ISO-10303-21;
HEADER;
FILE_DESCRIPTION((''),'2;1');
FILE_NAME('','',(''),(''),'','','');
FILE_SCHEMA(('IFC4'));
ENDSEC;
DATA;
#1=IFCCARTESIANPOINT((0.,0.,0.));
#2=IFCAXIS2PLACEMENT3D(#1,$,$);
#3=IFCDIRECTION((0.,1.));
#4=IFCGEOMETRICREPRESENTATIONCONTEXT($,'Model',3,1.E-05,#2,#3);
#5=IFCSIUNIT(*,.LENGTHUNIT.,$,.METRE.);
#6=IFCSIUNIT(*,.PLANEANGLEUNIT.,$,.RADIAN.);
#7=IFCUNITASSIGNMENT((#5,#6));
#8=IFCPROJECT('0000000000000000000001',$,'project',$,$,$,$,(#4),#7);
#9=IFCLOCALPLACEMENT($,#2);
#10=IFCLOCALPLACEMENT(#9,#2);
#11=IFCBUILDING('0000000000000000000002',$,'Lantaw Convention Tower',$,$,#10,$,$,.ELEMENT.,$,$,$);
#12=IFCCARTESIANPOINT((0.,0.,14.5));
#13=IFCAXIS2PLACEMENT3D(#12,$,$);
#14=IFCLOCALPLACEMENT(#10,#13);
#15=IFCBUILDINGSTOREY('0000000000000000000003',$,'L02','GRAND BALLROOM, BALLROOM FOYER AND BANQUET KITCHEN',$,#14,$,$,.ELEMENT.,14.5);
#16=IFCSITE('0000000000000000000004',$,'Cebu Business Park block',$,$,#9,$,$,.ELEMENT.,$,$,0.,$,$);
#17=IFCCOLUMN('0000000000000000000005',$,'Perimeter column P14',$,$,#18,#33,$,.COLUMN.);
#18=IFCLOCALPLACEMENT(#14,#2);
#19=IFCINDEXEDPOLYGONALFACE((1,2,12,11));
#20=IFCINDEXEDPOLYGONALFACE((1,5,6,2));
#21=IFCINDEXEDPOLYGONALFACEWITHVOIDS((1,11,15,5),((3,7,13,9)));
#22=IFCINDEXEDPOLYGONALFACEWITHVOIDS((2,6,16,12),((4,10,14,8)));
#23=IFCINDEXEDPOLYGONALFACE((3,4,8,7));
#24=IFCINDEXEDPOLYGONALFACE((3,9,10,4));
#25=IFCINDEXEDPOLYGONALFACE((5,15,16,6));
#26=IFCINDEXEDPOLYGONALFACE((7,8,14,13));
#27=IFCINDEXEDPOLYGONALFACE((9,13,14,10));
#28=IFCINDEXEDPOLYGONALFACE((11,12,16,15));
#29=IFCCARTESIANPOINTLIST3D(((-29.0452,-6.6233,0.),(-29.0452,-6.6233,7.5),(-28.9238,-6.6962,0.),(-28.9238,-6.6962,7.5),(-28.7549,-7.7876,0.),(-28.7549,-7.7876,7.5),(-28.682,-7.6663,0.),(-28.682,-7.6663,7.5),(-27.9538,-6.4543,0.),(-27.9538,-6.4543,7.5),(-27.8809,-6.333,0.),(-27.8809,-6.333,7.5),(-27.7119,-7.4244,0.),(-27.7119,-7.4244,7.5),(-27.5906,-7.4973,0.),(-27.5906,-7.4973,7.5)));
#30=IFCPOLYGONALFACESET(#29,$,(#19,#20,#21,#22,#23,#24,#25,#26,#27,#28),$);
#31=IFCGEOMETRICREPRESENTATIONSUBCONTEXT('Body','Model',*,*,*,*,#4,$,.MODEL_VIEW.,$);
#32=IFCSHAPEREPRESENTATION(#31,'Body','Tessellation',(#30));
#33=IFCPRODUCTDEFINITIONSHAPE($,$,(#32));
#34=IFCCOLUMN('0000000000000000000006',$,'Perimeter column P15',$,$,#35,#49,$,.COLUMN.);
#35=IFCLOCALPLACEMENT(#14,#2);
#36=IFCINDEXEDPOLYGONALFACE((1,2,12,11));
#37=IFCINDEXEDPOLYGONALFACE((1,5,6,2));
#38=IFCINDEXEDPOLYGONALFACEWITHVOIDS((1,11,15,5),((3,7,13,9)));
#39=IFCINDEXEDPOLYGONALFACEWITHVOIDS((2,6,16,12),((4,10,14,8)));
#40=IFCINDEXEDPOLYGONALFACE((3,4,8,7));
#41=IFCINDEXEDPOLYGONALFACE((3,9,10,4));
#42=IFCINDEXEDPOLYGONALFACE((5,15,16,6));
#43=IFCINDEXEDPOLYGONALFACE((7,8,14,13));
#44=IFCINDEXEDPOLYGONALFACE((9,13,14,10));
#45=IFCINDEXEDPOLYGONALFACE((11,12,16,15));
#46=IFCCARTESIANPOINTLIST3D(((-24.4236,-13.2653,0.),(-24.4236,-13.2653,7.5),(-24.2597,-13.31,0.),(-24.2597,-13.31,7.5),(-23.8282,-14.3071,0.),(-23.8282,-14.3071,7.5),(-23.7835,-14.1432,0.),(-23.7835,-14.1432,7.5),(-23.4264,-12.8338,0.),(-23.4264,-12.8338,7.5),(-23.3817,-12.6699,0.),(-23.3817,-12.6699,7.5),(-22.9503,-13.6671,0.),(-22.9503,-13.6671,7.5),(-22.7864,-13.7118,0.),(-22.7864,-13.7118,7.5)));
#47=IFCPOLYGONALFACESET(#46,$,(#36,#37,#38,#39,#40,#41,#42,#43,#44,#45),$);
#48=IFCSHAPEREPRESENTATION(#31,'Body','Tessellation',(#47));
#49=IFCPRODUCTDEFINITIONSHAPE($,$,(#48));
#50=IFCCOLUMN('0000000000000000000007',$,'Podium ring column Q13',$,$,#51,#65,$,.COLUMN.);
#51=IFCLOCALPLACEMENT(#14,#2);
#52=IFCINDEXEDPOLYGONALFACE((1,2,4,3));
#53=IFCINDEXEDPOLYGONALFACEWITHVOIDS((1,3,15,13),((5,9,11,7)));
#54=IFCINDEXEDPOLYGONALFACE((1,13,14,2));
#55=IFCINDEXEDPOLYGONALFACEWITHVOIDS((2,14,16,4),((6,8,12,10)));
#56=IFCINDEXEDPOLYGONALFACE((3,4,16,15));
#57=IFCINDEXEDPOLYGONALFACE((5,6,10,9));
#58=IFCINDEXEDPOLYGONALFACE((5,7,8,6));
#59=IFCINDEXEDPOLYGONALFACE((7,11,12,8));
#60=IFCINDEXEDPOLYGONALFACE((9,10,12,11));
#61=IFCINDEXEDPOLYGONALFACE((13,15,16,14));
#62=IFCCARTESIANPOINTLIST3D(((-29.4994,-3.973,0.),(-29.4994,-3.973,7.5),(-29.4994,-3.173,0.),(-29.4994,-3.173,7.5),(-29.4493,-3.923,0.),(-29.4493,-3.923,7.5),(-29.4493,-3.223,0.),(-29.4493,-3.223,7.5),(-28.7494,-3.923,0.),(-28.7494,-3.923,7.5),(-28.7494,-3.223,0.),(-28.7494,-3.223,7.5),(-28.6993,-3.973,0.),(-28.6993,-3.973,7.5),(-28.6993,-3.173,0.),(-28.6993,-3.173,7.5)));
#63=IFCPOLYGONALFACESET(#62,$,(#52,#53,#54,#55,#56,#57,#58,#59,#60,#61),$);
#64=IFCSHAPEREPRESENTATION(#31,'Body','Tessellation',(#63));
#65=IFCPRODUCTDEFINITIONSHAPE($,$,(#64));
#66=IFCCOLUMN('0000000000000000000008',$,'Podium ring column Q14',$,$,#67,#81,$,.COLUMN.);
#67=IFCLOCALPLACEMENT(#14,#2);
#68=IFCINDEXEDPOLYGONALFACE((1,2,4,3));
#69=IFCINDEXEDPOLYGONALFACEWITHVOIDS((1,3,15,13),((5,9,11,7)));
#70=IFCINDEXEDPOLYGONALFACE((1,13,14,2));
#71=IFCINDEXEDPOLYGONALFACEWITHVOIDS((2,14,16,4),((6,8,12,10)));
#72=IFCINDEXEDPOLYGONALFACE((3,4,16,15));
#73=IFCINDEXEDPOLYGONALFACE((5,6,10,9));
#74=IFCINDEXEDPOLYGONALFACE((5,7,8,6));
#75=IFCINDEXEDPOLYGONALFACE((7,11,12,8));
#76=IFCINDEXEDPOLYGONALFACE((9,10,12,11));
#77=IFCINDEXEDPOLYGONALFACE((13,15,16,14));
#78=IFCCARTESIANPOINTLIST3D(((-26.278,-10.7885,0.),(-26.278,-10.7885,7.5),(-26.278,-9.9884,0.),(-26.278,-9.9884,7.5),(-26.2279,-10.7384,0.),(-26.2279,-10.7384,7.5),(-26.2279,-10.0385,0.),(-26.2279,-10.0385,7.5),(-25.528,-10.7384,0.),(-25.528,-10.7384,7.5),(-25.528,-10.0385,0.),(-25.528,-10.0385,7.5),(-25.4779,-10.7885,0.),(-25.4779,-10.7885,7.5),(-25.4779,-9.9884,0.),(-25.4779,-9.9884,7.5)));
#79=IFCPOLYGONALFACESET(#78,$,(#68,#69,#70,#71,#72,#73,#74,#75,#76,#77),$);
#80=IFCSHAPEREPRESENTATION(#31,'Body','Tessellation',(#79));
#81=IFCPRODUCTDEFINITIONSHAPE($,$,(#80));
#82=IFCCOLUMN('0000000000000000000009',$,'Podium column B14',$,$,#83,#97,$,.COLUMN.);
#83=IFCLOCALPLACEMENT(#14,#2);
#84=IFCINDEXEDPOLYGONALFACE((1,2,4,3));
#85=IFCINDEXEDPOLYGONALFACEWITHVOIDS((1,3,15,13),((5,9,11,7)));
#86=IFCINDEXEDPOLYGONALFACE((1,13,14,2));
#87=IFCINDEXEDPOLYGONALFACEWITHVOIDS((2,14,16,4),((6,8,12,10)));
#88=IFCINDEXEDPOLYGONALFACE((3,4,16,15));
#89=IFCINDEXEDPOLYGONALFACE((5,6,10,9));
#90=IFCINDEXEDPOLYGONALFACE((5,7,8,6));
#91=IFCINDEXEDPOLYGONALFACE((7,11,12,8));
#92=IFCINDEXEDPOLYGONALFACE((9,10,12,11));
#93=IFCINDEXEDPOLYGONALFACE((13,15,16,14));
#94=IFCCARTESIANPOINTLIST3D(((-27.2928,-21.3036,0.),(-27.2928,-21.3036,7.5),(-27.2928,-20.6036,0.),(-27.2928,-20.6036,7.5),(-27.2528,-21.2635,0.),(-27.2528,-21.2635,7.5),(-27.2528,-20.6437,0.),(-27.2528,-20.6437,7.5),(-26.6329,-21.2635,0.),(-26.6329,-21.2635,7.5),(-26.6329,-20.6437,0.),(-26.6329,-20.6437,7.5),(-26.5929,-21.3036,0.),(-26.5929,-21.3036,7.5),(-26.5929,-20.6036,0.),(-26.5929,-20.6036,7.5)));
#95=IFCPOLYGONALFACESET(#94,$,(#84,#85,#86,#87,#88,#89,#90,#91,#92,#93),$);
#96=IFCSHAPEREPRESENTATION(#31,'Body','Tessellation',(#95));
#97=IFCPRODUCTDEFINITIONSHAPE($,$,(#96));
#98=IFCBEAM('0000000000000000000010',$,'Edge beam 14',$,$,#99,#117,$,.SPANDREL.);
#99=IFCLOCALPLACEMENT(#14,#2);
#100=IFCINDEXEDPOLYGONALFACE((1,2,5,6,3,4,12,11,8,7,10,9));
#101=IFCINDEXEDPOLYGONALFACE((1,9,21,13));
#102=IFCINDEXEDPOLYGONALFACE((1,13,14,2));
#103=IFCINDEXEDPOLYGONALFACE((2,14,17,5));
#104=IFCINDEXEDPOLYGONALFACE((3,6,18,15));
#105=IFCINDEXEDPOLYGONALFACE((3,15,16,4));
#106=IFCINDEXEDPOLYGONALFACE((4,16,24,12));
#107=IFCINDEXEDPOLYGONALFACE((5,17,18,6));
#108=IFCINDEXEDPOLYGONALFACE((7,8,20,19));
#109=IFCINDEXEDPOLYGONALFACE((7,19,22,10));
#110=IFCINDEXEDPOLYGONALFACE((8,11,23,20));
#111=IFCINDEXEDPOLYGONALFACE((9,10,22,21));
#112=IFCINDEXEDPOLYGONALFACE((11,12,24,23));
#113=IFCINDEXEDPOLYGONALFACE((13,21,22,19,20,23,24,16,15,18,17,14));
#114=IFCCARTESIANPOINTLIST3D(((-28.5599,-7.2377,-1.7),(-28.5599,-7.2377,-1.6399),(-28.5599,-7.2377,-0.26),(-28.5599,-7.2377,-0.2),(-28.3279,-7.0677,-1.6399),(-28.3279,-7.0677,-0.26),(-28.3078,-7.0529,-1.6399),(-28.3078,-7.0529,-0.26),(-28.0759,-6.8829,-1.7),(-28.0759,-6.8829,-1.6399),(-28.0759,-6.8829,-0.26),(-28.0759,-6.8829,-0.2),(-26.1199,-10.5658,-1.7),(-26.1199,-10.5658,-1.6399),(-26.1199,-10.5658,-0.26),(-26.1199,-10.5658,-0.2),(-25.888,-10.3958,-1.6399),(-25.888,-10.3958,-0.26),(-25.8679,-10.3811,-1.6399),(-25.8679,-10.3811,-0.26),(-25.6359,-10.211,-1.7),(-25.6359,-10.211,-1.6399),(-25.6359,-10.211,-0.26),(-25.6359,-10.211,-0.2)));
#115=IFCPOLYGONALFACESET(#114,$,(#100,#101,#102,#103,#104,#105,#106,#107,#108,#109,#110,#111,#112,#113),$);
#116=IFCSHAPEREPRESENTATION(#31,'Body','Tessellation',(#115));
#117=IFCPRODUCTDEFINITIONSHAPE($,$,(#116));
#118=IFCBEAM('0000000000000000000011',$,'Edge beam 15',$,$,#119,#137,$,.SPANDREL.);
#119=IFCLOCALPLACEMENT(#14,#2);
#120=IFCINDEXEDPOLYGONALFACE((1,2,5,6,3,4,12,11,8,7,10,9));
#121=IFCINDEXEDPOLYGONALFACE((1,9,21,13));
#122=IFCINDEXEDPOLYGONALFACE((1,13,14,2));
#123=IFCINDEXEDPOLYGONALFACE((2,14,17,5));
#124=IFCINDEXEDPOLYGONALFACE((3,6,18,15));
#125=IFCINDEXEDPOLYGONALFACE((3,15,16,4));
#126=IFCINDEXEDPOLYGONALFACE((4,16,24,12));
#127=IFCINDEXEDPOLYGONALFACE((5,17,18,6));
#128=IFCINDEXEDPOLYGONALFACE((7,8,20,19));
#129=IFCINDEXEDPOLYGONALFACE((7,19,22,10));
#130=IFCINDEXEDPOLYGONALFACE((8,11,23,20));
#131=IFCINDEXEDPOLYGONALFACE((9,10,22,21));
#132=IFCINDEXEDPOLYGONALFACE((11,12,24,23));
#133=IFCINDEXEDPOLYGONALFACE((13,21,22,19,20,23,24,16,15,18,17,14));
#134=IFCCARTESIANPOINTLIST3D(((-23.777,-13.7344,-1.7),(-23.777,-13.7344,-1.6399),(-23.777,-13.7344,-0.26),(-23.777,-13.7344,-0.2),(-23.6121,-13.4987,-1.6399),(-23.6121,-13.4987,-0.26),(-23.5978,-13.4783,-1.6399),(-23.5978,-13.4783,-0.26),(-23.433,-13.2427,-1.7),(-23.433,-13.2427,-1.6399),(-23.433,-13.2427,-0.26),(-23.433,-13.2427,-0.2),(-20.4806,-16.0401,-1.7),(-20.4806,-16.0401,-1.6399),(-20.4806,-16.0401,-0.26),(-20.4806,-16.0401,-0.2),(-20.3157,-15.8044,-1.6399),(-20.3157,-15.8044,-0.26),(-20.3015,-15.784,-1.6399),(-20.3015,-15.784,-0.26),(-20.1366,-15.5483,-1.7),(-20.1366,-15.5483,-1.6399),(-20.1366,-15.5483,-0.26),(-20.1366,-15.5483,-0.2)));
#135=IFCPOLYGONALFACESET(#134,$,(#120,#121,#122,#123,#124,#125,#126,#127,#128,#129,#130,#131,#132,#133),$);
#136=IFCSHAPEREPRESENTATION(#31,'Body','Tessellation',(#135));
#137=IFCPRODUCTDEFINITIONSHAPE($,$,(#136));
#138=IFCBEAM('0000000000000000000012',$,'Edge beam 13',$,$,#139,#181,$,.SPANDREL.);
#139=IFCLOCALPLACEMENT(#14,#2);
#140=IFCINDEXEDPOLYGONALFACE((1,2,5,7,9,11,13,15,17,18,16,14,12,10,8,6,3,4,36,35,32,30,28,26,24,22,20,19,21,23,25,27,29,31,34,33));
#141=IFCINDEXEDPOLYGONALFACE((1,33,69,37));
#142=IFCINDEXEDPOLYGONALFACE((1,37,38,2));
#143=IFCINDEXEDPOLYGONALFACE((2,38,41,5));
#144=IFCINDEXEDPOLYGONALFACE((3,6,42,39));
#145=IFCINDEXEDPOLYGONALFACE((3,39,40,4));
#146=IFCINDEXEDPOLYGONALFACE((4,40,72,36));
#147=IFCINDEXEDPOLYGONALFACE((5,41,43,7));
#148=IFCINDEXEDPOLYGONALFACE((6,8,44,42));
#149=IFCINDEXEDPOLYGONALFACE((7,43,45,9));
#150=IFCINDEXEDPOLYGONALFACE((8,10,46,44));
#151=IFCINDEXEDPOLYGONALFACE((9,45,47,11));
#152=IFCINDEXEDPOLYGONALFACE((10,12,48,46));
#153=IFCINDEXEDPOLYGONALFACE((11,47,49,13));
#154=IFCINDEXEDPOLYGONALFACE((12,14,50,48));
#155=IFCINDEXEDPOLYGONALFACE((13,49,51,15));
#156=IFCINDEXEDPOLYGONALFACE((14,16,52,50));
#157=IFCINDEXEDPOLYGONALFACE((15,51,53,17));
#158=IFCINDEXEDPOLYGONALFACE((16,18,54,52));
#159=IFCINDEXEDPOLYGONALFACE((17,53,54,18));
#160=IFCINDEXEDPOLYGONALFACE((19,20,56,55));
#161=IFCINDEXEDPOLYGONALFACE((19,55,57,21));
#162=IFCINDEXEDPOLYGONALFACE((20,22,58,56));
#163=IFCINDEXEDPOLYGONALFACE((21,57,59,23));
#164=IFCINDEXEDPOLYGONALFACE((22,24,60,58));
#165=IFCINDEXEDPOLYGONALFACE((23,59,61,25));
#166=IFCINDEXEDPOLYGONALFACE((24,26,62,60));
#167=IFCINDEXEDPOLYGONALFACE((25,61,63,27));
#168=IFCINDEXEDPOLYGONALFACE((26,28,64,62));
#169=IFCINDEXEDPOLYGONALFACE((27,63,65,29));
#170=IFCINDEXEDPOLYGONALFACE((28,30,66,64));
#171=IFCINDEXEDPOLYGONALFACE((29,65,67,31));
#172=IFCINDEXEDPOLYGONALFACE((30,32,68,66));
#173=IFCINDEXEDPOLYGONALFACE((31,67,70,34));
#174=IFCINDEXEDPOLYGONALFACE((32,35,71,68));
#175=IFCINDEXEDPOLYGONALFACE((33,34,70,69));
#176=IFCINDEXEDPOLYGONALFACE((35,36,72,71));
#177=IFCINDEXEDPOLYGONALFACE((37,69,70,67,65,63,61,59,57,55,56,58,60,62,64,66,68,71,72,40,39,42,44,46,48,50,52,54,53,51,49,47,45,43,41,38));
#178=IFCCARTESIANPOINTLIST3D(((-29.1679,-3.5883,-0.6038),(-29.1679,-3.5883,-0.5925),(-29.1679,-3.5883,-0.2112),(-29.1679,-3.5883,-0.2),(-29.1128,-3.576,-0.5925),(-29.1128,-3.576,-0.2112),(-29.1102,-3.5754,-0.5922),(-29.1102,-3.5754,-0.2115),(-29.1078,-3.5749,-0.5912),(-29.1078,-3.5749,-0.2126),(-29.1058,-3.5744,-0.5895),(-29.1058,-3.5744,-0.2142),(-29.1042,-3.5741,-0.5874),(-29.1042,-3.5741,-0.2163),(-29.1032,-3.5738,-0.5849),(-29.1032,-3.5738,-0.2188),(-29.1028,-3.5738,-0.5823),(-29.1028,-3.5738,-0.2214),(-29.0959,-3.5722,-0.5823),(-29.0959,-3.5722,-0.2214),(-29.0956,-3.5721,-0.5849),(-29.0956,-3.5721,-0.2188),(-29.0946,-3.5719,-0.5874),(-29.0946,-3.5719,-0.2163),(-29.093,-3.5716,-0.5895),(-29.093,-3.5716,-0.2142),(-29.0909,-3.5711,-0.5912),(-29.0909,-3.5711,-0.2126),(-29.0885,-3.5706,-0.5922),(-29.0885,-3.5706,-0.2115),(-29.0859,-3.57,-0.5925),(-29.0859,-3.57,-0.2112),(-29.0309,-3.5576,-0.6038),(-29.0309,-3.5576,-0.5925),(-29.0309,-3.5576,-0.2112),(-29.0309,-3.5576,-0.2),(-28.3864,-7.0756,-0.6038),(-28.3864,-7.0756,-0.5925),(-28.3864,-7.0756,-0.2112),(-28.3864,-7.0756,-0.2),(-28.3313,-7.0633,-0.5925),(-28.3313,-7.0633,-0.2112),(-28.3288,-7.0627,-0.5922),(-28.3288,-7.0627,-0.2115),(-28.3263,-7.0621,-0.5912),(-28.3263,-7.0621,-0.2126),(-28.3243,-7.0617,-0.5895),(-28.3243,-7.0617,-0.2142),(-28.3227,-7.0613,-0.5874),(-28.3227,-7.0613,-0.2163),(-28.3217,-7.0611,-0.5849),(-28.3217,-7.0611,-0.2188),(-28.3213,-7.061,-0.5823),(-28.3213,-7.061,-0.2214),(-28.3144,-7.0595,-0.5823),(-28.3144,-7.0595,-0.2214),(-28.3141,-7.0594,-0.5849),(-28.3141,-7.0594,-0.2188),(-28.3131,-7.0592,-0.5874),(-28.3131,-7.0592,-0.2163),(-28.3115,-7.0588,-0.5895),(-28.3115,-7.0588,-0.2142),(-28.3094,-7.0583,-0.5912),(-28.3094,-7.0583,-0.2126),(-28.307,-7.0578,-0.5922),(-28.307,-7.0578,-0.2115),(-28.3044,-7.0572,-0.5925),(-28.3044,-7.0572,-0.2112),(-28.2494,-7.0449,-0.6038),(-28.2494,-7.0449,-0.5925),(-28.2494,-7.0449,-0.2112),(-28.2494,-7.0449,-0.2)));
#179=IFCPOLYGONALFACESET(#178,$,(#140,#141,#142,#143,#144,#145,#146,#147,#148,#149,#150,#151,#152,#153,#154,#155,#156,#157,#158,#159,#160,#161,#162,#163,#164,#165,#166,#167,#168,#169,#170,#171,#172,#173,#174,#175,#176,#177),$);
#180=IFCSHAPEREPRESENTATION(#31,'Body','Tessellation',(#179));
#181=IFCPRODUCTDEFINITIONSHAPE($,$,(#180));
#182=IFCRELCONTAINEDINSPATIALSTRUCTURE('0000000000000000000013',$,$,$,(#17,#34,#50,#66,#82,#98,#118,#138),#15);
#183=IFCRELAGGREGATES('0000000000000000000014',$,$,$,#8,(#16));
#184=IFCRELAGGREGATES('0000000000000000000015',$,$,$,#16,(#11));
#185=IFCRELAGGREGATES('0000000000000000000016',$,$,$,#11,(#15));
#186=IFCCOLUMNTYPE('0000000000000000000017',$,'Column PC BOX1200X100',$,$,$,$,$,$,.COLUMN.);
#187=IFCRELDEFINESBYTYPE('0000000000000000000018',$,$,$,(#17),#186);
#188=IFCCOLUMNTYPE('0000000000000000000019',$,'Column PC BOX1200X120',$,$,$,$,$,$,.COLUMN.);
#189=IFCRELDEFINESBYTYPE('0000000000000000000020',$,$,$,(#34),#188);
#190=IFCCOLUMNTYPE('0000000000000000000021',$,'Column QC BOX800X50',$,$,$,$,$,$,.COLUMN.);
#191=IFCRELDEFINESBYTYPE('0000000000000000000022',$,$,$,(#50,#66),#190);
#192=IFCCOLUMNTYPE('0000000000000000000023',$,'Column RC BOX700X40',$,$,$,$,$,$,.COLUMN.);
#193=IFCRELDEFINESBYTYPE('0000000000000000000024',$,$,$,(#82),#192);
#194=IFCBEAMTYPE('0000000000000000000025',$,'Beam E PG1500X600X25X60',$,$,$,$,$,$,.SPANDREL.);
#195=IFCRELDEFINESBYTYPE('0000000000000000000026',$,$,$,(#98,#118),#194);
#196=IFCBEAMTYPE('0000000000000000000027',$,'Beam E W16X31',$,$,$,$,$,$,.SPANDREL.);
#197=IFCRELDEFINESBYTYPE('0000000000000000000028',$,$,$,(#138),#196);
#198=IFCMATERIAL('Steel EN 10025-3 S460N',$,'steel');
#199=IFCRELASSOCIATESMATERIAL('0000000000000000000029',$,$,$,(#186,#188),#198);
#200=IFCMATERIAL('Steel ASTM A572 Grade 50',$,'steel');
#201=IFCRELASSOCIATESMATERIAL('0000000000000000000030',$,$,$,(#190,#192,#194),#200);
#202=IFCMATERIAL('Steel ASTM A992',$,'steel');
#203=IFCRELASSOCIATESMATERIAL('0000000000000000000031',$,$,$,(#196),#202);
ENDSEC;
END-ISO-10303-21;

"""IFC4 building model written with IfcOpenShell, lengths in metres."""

from ifc_helpers import new_model, si_unit, direction, frame, origin, origin_2d, place, context, subcontext, project, spatial, rectangle, hollow_rectangle, i_section, extrude, material, material_profile, profile_set, type_object, element, save


model = new_model("IFC4")

# Units and contexts
model_context = context("Model", 3, precision=1e-05, world=origin(), true_north=direction((0.0, 1.0)))
body_context = subcontext(model_context, "Body", "Model", "MODEL_VIEW")
ifc_project = project(units=[si_unit("LENGTHUNIT", "METRE"), si_unit("PLANEANGLEUNIT", "RADIAN")], contexts=[model_context])

# Site, building, storey
site_placement = place(None, origin())
site = spatial("IfcSite", under=ifc_project, at=site_placement, Name="Cebu Business Park block", CompositionType="ELEMENT", RefElevation=0.0)
building_placement = place(site_placement, origin())
building = spatial("IfcBuilding", under=site, at=building_placement, Name="Lantaw Convention Tower", CompositionType="ELEMENT")
storey_placement = place(building_placement, frame((0.0, 0.0, 14.5)))
storey = spatial("IfcBuildingStorey", under=building, at=storey_placement, Name="L02", Description="GRAND BALLROOM, BALLROOM FOYER AND BANQUET KITCHEN", CompositionType="ELEMENT", Elevation=14.5)

# Columns
ifc_material_1 = material(Name="Steel EN 10025-3 S460N", Category="steel")
ifc_material_profile_1 = material_profile(ifc_material_1, hollow_rectangle(XDim=1.2, YDim=1.2, WallThickness=0.1001, at=origin_2d()), Name="BOX1200X100")
ifc_material_2 = material(Name="Concrete C60/75", Category="concrete")
ifc_material_profile_2 = material_profile(ifc_material_2, rectangle(XDim=1.0, YDim=1.0, at=origin_2d()), Name="Concrete fill of BOX1200X100")
ifc_profile_set_1 = profile_set([ifc_material_profile_1, ifc_material_profile_2], Name="Steel EN 10025-3 S460N")
column_type_1 = type_object("IfcColumnType", Name="Column PC BOX1200X100", PredefinedType="COLUMN", material=ifc_profile_set_1)
column_1_placement = place(storey_placement, frame((-28.3179, -7.0603, 0.0), z_axis=(0.0, 0.0, 1.0), x_axis=(0.970296, 0.241922, 0.0)))
element("IfcColumn", 1, at=column_1_placement, inside=storey, type_object=column_type_1, Name="Perimeter column P14", PredefinedType="COLUMN", context=body_context, shape_type="SweptSolid", body=[
    extrude(hollow_rectangle(XDim=1.2, YDim=1.2, WallThickness=0.1001, at=origin_2d()), origin(), (0.0, 0.0, 1.0), 7.5),
])
ifc_material_profile_3 = material_profile(ifc_material_1, hollow_rectangle(XDim=1.2, YDim=1.2, WallThickness=0.1201, at=origin_2d()), Name="BOX1200X120")
ifc_material_profile_4 = material_profile(ifc_material_2, rectangle(XDim=0.96, YDim=0.96, at=origin_2d()), Name="Concrete fill of BOX1200X120")
ifc_profile_set_2 = profile_set([ifc_material_profile_3, ifc_material_profile_4], Name="Steel EN 10025-3 S460N")
column_type_2 = type_object("IfcColumnType", Name="Column PC BOX1200X120", PredefinedType="COLUMN", material=ifc_profile_set_2)
column_2_placement = place(storey_placement, frame((-23.605, -13.4885, 0.0), z_axis=(0.0, 0.0, 1.0), x_axis=(0.868243, 0.496139, 0.0)))
element("IfcColumn", 2, at=column_2_placement, inside=storey, type_object=column_type_2, Name="Perimeter column P15", PredefinedType="COLUMN", context=body_context, shape_type="SweptSolid", body=[
    extrude(hollow_rectangle(XDim=1.2, YDim=1.2, WallThickness=0.1201, at=origin_2d()), origin(), (0.0, 0.0, 1.0), 7.5),
])
ifc_material_3 = material(Name="Steel ASTM A572 Grade 50", Category="steel")
ifc_material_profile_5 = material_profile(ifc_material_3, hollow_rectangle(XDim=0.8, YDim=0.8, WallThickness=0.05, at=origin_2d()), Name="BOX800X50")
ifc_profile_set_3 = profile_set([ifc_material_profile_5], Name="Steel ASTM A572 Grade 50")
column_type_3 = type_object("IfcColumnType", Name="Column QC BOX800X50", PredefinedType="COLUMN", material=ifc_profile_set_3)
for number, where, z_axis, x_axis, name in (
    (3, (-29.0994, -3.573, 0.0), (0.0, 0.0, 1.0), (1.0, 0.0, 0.0), "Podium ring column Q13"),
    (4, (-25.8779, -10.3884, 0.0), (0.0, 0.0, 1.0), (1.0, 0.0, 0.0), "Podium ring column Q14"),
):
    element("IfcColumn", number, at=place(storey_placement, frame(where, z_axis=z_axis, x_axis=x_axis)), inside=storey, type_object=column_type_3, Name=name, PredefinedType="COLUMN", context=body_context, shape_type="SweptSolid", body=[
        extrude(hollow_rectangle(XDim=0.8, YDim=0.8, WallThickness=0.05, at=origin_2d()), origin(), (0.0, 0.0, 1.0), 7.5),
    ])
ifc_material_profile_6 = material_profile(ifc_material_3, hollow_rectangle(XDim=0.7, YDim=0.7, WallThickness=0.04, at=origin_2d()), Name="BOX700X40")
ifc_profile_set_4 = profile_set([ifc_material_profile_6], Name="Steel ASTM A572 Grade 50")
column_type_4 = type_object("IfcColumnType", Name="Column RC BOX700X40", PredefinedType="COLUMN", material=ifc_profile_set_4)
column_3_placement = place(storey_placement, frame((-26.9429, -20.9536, 0.0), z_axis=(0.0, 0.0, 1.0), x_axis=(1.0, 0.0, 0.0)))
element("IfcColumn", 5, at=column_3_placement, inside=storey, type_object=column_type_4, Name="Podium column B14", PredefinedType="COLUMN", context=body_context, shape_type="SweptSolid", body=[
    extrude(hollow_rectangle(XDim=0.7, YDim=0.7, WallThickness=0.04, at=origin_2d()), origin(), (0.0, 0.0, 1.0), 7.5),
])

# Beams
ifc_material_profile_7 = material_profile(ifc_material_3, i_section(OverallWidth=0.6001, OverallDepth=1.5, WebThickness=0.0249, FlangeThickness=0.0601, at=origin_2d()), Name="PG1500X600X25X60")
ifc_profile_set_5 = profile_set([ifc_material_profile_7], Name="Steel ASTM A572 Grade 50")
beam_type_1 = type_object("IfcBeamType", Name="Beam E PG1500X600X25X60", PredefinedType="SPANDREL", material=ifc_profile_set_5)
beam_1_placement = place(storey_placement, frame((-28.3179, -7.0603, -0.95), z_axis=(0.591256, -0.806484, 0.0), x_axis=(0.806484, 0.591256, 0.0)))
element("IfcBeam", 6, at=beam_1_placement, inside=storey, type_object=beam_type_1, Name="Edge beam 14", PredefinedType="SPANDREL", context=body_context, shape_type="SweptSolid", body=[
    extrude(i_section(OverallWidth=0.6001, OverallDepth=1.5, WebThickness=0.0249, FlangeThickness=0.0601, at=origin_2d()), origin(), (0.0, 0.0, 1.0), 4.1267),
])
beam_2_placement = place(storey_placement, frame((-23.605, -13.4885, -0.95), z_axis=(0.819443, -0.573161, 0.0), x_axis=(0.573161, 0.819443, 0.0)))
element("IfcBeam", 7, at=beam_2_placement, inside=storey, type_object=beam_type_1, Name="Edge beam 15", PredefinedType="SPANDREL", context=body_context, shape_type="SweptSolid", body=[
    extrude(i_section(OverallWidth=0.6001, OverallDepth=1.5, WebThickness=0.0249, FlangeThickness=0.0601, at=origin_2d()), origin(), (0.0, 0.0, 1.0), 4.0227),
])
ifc_material_4 = material(Name="Steel ASTM A992", Category="steel")
ifc_material_profile_8 = material_profile(ifc_material_4, i_section(OverallWidth=0.1404, OverallDepth=0.4038, WebThickness=0.0071, FlangeThickness=0.0112, FilletRadius=0.0103, at=origin_2d()), Name="W16X31")
ifc_profile_set_6 = profile_set([ifc_material_profile_8], Name="Steel ASTM A992")
beam_type_2 = type_object("IfcBeamType", Name="Beam E W16X31", PredefinedType="SPANDREL", material=ifc_profile_set_6)
beam_3_placement = place(storey_placement, frame((-29.0994, -3.573, -0.4019), z_axis=(0.218673, -0.975798, 0.0), x_axis=(0.975798, 0.218673, 0.0)))
element("IfcBeam", 8, at=beam_3_placement, inside=storey, type_object=beam_type_2, Name="Edge beam 13", PredefinedType="SPANDREL", context=body_context, shape_type="SweptSolid", body=[
    extrude(i_section(OverallWidth=0.1404, OverallDepth=0.4038, WebThickness=0.0071, FlangeThickness=0.0112, FilletRadius=0.0103, at=origin_2d()), origin(), (0.0, 0.0, 1.0), 3.5737),
])

save(model, "model.ifc")
